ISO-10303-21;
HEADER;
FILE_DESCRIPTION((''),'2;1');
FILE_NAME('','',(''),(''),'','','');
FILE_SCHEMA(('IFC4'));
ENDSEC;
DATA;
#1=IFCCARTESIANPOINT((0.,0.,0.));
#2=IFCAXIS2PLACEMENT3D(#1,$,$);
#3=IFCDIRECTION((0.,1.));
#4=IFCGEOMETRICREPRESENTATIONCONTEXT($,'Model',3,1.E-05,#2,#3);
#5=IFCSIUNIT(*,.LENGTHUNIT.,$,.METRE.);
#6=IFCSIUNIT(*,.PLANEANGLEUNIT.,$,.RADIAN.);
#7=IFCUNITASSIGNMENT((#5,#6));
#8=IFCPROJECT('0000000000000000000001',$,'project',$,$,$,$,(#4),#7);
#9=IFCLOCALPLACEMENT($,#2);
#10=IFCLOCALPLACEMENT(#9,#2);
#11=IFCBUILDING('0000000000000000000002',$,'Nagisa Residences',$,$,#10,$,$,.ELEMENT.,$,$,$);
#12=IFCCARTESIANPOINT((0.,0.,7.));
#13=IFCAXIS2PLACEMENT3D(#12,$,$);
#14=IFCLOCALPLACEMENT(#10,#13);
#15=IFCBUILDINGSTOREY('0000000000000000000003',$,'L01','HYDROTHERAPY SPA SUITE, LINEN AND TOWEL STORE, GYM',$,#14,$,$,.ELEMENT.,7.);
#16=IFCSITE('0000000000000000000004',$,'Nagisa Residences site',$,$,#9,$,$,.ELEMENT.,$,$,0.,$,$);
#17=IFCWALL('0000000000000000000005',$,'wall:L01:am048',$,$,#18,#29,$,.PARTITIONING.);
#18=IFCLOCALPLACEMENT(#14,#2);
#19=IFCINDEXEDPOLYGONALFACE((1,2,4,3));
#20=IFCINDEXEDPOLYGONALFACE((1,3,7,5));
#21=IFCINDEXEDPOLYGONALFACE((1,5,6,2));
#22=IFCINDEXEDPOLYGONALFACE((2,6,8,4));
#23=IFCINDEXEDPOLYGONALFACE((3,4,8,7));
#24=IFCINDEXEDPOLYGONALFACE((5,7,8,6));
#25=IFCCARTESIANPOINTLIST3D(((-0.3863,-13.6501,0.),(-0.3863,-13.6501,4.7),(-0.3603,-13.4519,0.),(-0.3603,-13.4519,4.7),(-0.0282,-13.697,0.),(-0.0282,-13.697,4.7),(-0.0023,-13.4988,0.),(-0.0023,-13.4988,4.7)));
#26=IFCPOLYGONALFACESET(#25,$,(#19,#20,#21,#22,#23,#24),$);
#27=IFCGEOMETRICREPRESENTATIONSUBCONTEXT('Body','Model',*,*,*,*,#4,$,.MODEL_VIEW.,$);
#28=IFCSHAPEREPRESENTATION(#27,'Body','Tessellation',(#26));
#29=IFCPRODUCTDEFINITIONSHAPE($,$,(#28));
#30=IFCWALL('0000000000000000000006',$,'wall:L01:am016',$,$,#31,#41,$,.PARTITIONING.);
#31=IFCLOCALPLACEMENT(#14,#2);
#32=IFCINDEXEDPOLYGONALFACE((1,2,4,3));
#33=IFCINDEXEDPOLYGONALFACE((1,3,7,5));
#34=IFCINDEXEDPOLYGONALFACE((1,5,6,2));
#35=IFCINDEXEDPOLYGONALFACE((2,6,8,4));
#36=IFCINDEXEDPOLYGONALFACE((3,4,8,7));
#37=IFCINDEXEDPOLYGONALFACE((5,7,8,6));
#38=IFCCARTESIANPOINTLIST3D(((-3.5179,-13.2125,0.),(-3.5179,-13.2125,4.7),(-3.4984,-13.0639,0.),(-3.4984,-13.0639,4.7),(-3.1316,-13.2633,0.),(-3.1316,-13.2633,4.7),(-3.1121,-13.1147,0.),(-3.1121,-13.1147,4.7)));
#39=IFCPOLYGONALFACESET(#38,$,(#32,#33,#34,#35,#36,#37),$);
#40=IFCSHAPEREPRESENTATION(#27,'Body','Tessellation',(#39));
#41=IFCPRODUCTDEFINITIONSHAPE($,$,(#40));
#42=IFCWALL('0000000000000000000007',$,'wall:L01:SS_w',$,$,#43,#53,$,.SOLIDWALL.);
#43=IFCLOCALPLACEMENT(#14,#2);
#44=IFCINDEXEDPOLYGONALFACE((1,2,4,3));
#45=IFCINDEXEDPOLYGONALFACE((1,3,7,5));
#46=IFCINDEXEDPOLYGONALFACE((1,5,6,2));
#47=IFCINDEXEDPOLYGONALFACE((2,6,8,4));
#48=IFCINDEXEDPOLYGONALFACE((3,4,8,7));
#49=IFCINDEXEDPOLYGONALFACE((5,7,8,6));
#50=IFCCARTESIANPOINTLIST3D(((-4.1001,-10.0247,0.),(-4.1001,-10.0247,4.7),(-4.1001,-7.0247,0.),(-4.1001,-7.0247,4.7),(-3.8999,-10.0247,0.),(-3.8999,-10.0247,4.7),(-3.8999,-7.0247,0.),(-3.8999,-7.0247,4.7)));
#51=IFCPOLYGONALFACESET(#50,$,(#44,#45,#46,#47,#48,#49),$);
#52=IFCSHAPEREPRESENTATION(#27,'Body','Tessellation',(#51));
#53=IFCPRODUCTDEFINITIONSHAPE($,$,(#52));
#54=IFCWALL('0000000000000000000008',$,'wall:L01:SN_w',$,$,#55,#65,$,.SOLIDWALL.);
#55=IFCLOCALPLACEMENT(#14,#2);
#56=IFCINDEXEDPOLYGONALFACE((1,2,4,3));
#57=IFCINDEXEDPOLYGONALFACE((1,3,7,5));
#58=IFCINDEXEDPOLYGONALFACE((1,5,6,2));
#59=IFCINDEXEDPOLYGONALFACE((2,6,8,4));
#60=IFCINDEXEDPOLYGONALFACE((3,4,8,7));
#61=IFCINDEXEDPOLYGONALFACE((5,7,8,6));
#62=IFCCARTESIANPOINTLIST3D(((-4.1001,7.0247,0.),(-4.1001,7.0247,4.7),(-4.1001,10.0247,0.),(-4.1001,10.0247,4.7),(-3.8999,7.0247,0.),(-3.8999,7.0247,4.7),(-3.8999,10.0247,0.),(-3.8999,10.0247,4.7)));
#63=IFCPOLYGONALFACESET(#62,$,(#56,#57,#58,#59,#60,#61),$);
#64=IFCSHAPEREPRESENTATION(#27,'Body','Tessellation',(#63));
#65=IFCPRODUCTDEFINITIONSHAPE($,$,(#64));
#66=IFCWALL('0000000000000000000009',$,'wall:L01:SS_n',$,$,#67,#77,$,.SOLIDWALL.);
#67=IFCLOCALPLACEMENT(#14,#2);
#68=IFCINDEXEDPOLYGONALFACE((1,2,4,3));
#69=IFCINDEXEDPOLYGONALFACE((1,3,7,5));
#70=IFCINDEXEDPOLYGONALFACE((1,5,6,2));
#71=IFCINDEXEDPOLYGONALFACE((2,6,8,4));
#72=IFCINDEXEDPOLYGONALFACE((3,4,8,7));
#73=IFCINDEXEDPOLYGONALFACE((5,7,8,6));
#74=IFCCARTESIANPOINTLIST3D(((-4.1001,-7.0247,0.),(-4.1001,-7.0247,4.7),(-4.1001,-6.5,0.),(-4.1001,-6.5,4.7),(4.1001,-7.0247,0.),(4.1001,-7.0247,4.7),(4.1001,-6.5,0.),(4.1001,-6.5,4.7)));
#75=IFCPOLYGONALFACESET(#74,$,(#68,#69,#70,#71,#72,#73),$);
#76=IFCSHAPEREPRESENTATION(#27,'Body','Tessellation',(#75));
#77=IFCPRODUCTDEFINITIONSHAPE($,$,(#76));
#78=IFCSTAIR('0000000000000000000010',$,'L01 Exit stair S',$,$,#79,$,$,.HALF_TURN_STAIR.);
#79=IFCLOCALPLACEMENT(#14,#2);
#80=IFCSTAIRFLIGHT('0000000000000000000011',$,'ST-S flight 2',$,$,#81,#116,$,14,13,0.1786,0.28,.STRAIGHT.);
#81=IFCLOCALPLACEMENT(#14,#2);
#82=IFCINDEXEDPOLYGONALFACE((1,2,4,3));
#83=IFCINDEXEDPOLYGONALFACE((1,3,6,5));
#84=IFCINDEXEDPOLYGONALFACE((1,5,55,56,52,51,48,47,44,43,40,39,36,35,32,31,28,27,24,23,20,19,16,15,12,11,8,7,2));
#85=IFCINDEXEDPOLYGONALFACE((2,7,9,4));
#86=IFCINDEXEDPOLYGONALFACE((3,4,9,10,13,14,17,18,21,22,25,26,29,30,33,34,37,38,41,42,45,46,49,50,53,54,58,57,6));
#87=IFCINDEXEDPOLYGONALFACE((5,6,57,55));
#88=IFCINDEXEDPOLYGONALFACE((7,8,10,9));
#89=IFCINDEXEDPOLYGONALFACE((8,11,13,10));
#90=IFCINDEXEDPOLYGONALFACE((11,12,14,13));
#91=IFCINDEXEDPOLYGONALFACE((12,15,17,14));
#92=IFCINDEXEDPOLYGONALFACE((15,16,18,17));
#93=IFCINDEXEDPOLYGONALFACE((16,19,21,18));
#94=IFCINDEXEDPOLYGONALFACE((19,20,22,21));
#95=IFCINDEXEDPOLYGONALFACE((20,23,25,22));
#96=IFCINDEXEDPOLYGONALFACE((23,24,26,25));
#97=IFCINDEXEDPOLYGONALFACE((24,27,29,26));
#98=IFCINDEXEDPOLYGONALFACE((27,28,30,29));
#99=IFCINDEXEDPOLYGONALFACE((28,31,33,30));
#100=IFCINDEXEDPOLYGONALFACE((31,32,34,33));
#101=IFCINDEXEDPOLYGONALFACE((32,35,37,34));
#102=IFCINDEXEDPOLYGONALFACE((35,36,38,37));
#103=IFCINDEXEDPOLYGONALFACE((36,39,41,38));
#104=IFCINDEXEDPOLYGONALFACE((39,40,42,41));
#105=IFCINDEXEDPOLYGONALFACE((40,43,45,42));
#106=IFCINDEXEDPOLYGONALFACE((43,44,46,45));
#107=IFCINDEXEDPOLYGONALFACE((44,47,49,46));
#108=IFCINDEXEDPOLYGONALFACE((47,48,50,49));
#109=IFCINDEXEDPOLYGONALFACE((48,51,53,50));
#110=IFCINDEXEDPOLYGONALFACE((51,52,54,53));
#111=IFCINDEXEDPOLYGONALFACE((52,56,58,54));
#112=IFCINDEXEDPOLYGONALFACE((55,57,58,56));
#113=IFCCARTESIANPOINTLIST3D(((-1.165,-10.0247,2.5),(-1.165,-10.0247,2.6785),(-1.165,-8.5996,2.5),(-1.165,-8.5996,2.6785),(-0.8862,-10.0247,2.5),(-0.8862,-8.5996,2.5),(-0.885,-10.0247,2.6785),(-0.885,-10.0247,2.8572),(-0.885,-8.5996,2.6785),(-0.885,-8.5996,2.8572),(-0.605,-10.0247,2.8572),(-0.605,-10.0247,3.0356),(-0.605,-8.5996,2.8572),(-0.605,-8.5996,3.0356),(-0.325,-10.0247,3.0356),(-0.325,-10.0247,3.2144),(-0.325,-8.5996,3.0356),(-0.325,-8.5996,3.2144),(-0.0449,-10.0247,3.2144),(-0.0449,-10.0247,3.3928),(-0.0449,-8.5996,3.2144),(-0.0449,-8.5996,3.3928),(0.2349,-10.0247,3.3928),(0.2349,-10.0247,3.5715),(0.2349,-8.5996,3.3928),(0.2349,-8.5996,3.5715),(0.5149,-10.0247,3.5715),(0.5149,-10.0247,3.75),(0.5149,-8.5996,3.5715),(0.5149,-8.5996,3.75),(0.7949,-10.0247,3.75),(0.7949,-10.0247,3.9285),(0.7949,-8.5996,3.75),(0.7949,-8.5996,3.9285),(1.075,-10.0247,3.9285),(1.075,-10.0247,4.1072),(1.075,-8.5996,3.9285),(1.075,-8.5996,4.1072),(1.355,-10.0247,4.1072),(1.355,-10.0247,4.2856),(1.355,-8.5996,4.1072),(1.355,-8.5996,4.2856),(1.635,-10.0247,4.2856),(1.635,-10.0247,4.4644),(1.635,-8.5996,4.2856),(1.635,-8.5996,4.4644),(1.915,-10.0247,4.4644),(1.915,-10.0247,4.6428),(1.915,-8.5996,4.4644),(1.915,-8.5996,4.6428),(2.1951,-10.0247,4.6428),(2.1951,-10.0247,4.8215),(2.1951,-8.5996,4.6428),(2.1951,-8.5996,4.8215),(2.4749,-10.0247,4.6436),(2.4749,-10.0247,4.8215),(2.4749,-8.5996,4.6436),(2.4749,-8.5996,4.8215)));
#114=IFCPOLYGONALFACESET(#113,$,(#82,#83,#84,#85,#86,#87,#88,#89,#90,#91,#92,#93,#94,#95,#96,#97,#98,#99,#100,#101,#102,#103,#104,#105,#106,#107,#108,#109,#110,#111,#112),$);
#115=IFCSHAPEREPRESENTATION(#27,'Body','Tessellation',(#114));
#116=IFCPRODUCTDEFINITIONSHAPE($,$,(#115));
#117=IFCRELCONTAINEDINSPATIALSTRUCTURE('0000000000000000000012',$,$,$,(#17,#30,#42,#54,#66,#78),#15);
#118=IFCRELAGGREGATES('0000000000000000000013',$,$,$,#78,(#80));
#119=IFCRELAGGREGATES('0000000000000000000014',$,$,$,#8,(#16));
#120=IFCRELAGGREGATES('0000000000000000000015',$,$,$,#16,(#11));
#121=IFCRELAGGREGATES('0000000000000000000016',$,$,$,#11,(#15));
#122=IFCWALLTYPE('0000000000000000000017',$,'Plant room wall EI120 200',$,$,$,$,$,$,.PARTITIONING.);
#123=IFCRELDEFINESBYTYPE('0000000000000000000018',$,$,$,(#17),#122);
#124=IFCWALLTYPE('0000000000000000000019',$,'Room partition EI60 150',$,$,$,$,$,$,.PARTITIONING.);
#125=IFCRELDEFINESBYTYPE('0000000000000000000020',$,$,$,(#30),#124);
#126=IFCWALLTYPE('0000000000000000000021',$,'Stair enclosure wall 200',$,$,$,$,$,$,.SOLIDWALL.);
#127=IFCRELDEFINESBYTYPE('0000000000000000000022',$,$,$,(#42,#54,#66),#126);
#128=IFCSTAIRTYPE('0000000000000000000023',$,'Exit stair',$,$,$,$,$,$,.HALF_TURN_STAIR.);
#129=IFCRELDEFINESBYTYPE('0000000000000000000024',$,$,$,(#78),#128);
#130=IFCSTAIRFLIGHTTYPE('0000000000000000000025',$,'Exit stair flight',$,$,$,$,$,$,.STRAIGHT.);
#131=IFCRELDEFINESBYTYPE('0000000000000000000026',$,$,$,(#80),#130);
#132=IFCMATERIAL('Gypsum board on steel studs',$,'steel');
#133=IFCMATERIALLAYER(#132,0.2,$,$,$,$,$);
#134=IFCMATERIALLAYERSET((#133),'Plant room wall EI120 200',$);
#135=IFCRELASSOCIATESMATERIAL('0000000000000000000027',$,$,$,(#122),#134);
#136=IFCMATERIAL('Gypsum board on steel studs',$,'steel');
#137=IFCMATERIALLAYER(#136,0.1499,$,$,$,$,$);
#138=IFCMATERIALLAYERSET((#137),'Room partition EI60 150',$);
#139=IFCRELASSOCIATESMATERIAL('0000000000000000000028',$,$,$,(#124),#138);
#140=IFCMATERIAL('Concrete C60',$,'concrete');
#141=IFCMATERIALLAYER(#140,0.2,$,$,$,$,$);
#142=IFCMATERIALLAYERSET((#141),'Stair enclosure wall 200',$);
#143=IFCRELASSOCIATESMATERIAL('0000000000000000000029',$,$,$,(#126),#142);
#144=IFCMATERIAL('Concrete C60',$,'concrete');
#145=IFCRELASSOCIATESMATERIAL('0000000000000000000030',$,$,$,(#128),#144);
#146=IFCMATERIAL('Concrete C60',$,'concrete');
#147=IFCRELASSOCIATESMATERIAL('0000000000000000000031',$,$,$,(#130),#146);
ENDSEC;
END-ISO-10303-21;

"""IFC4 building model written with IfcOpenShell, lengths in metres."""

from ifc_helpers import new_model, si_unit, direction, frame, frame_2d, origin, place, context, subcontext, project, spatial, polyline, rectangle, outline, extrude, material, layer, layer_set, type_object, element, aggregate, save


model = new_model("IFC4")

# Units and contexts
model_context = context("Model", 3, precision=1e-05, world=origin(), true_north=direction((0.0, 1.0)))
body_context = subcontext(model_context, "Body", "Model", "MODEL_VIEW")
ifc_project = project(units=[si_unit("LENGTHUNIT", "METRE"), si_unit("PLANEANGLEUNIT", "RADIAN")], contexts=[model_context])

# Site, building, storey
site_placement = place(None, origin())
site = spatial("IfcSite", under=ifc_project, at=site_placement, Name="Nagisa Residences site", CompositionType="ELEMENT", RefElevation=0.0)
building_placement = place(site_placement, origin())
building = spatial("IfcBuilding", under=site, at=building_placement, Name="Nagisa Residences", CompositionType="ELEMENT")
storey_placement = place(building_placement, frame((0.0, 0.0, 7.0)))
storey = spatial("IfcBuildingStorey", under=building, at=storey_placement, Name="L01", Description="HYDROTHERAPY SPA SUITE, LINEN AND TOWEL STORE, GYM", CompositionType="ELEMENT", Elevation=7.0)

# Walls
ifc_material_1 = material(Name="Gypsum board on steel studs", Category="steel")
ifc_layer_1 = layer(ifc_material_1, 0.2)
ifc_layer_set_1 = layer_set([ifc_layer_1], Name="Plant room wall EI120 200")
wall_type_1 = type_object("IfcWallType", Name="Plant room wall EI120 200", PredefinedType="PARTITIONING", material=ifc_layer_set_1)
wall_1_placement = place(storey_placement, frame((-0.0151, -13.5979, 0.0), z_axis=(0.0, 0.0, 1.0), x_axis=(-0.991532, 0.12986, 0.0)))
element("IfcWall", 1, at=wall_1_placement, inside=storey, type_object=wall_type_1, Name="wall:L01:am048", PredefinedType="PARTITIONING", context=body_context, shape_type="SweptSolid", body=[
    extrude(rectangle(XDim=0.3611, YDim=0.2, at=frame_2d((0.1807, 0.0))), origin(), (0.0, 0.0, 1.0), 4.7),
])
ifc_material_2 = material(Name="Gypsum board on steel studs", Category="steel")
ifc_layer_2 = layer(ifc_material_2, 0.1499)
ifc_layer_set_2 = layer_set([ifc_layer_2], Name="Room partition EI60 150")
wall_type_2 = type_object("IfcWallType", Name="Room partition EI60 150", PredefinedType="PARTITIONING", material=ifc_layer_set_2)
wall_2_placement = place(storey_placement, frame((-3.1218, -13.189, 0.0), z_axis=(0.0, 0.0, 1.0), x_axis=(-0.991467, 0.130357, 0.0)))
element("IfcWall", 2, at=wall_2_placement, inside=storey, type_object=wall_type_2, Name="wall:L01:am016", PredefinedType="PARTITIONING", context=body_context, shape_type="SweptSolid", body=[
    extrude(rectangle(XDim=0.3896, YDim=0.1499, at=frame_2d((0.1948, 0.0))), origin(), (0.0, 0.0, 1.0), 4.7),
])
ifc_material_3 = material(Name="Concrete C60", Category="concrete")
ifc_layer_3 = layer(ifc_material_3, 0.2)
ifc_layer_set_3 = layer_set([ifc_layer_3], Name="Stair enclosure wall 200")
wall_type_3 = type_object("IfcWallType", Name="Stair enclosure wall 200", PredefinedType="SOLIDWALL", material=ifc_layer_set_3)
wall_3_placement = place(storey_placement, origin())
element("IfcWall", 3, at=wall_3_placement, inside=storey, type_object=wall_type_3, Name="wall:L01:SS_w", PredefinedType="SOLIDWALL", context=body_context, shape_type="SweptSolid", body=[
    extrude(outline(polyline([(-3.8999, -10.0247), (-4.1001, -10.0247), (-4.1001, -7.0247), (-3.8999, -7.0247), (-3.8999, -10.0247)])), origin(), (0.0, 0.0, 1.0), 4.7),
])
wall_4_placement = place(storey_placement, origin())
element("IfcWall", 4, at=wall_4_placement, inside=storey, type_object=wall_type_3, Name="wall:L01:SN_w", PredefinedType="SOLIDWALL", context=body_context, shape_type="SweptSolid", body=[
    extrude(outline(polyline([(-3.8999, 7.0247), (-4.1001, 7.0247), (-4.1001, 10.0247), (-3.8999, 10.0247), (-3.8999, 7.0247)])), origin(), (0.0, 0.0, 1.0), 4.7),
])
wall_5_placement = place(storey_placement, origin())
element("IfcWall", 5, at=wall_5_placement, inside=storey, type_object=wall_type_3, Name="wall:L01:SS_n", PredefinedType="SOLIDWALL", context=body_context, shape_type="SweptSolid", body=[
    extrude(outline(polyline([(4.1001, -7.0247), (-4.1001, -7.0247), (-4.1001, -6.5), (4.1001, -6.5), (4.1001, -7.0247)])), origin(), (0.0, 0.0, 1.0), 4.7),
])

# Stair, stair flight
ifc_material_4 = material(Name="Concrete C60", Category="concrete")
stair_type = type_object("IfcStairType", Name="Exit stair", PredefinedType="HALF_TURN_STAIR", material=ifc_material_4)
stair_placement = place(storey_placement, origin())
stair = element("IfcStair", 6, at=stair_placement, inside=storey, type_object=stair_type, Name="L01 Exit stair S", PredefinedType="HALF_TURN_STAIR")
ifc_material_5 = material(Name="Concrete C60", Category="concrete")
stair_flight_type = type_object("IfcStairFlightType", Name="Exit stair flight", PredefinedType="STRAIGHT", material=ifc_material_5)
stair_flight_placement = place(storey_placement, frame((-1.165, -9.312, 2.5), z_axis=(0.0, 0.0, 1.0), x_axis=(1.0, 0.0, 0.0)))
stair_flight = element("IfcStairFlight", 7, at=stair_flight_placement, type_object=stair_flight_type, Name="ST-S flight 2", NumberOfRisers=14, NumberOfTreads=13, PredefinedType="STRAIGHT", RiserHeight=0.1786, TreadLength=0.28, context=body_context, shape_type="SweptSolid", body=[
    extrude(outline(polyline([(0.0, 0.0), (0.0, 0.1785), (0.28, 0.1785), (0.28, 0.3572), (0.5601, 0.3572), (0.5601, 0.5356), (0.8401, 0.5356), (0.8401, 0.7144), (1.1201, 0.7144), (1.1201, 0.8928), (1.3999, 0.8928), (1.3999, 1.0715), (1.6799, 1.0715), (1.6799, 1.25), (1.96, 1.25), (1.96, 1.4285), (2.24, 1.4285), (2.24, 1.6072), (2.52, 1.6072), (2.52, 1.7856), (2.8, 1.7856), (2.8, 1.9644), (3.0801, 1.9644), (3.0801, 2.1428), (3.3601, 2.1428), (3.3601, 2.3215), (3.6399, 2.3215), (3.6399, 2.5), (3.6399, 2.1436), (0.2788, 0.0), (0.0, 0.0)])), frame((0.0, 0.7124, 0.0), z_axis=(0.0, -1.0, 0.0), x_axis=(1.0, 0.0, 0.0)), (0.0, 0.0, 1.0), 1.425),
])
aggregate(stair, [stair_flight])

save(model, "model.ifc")
